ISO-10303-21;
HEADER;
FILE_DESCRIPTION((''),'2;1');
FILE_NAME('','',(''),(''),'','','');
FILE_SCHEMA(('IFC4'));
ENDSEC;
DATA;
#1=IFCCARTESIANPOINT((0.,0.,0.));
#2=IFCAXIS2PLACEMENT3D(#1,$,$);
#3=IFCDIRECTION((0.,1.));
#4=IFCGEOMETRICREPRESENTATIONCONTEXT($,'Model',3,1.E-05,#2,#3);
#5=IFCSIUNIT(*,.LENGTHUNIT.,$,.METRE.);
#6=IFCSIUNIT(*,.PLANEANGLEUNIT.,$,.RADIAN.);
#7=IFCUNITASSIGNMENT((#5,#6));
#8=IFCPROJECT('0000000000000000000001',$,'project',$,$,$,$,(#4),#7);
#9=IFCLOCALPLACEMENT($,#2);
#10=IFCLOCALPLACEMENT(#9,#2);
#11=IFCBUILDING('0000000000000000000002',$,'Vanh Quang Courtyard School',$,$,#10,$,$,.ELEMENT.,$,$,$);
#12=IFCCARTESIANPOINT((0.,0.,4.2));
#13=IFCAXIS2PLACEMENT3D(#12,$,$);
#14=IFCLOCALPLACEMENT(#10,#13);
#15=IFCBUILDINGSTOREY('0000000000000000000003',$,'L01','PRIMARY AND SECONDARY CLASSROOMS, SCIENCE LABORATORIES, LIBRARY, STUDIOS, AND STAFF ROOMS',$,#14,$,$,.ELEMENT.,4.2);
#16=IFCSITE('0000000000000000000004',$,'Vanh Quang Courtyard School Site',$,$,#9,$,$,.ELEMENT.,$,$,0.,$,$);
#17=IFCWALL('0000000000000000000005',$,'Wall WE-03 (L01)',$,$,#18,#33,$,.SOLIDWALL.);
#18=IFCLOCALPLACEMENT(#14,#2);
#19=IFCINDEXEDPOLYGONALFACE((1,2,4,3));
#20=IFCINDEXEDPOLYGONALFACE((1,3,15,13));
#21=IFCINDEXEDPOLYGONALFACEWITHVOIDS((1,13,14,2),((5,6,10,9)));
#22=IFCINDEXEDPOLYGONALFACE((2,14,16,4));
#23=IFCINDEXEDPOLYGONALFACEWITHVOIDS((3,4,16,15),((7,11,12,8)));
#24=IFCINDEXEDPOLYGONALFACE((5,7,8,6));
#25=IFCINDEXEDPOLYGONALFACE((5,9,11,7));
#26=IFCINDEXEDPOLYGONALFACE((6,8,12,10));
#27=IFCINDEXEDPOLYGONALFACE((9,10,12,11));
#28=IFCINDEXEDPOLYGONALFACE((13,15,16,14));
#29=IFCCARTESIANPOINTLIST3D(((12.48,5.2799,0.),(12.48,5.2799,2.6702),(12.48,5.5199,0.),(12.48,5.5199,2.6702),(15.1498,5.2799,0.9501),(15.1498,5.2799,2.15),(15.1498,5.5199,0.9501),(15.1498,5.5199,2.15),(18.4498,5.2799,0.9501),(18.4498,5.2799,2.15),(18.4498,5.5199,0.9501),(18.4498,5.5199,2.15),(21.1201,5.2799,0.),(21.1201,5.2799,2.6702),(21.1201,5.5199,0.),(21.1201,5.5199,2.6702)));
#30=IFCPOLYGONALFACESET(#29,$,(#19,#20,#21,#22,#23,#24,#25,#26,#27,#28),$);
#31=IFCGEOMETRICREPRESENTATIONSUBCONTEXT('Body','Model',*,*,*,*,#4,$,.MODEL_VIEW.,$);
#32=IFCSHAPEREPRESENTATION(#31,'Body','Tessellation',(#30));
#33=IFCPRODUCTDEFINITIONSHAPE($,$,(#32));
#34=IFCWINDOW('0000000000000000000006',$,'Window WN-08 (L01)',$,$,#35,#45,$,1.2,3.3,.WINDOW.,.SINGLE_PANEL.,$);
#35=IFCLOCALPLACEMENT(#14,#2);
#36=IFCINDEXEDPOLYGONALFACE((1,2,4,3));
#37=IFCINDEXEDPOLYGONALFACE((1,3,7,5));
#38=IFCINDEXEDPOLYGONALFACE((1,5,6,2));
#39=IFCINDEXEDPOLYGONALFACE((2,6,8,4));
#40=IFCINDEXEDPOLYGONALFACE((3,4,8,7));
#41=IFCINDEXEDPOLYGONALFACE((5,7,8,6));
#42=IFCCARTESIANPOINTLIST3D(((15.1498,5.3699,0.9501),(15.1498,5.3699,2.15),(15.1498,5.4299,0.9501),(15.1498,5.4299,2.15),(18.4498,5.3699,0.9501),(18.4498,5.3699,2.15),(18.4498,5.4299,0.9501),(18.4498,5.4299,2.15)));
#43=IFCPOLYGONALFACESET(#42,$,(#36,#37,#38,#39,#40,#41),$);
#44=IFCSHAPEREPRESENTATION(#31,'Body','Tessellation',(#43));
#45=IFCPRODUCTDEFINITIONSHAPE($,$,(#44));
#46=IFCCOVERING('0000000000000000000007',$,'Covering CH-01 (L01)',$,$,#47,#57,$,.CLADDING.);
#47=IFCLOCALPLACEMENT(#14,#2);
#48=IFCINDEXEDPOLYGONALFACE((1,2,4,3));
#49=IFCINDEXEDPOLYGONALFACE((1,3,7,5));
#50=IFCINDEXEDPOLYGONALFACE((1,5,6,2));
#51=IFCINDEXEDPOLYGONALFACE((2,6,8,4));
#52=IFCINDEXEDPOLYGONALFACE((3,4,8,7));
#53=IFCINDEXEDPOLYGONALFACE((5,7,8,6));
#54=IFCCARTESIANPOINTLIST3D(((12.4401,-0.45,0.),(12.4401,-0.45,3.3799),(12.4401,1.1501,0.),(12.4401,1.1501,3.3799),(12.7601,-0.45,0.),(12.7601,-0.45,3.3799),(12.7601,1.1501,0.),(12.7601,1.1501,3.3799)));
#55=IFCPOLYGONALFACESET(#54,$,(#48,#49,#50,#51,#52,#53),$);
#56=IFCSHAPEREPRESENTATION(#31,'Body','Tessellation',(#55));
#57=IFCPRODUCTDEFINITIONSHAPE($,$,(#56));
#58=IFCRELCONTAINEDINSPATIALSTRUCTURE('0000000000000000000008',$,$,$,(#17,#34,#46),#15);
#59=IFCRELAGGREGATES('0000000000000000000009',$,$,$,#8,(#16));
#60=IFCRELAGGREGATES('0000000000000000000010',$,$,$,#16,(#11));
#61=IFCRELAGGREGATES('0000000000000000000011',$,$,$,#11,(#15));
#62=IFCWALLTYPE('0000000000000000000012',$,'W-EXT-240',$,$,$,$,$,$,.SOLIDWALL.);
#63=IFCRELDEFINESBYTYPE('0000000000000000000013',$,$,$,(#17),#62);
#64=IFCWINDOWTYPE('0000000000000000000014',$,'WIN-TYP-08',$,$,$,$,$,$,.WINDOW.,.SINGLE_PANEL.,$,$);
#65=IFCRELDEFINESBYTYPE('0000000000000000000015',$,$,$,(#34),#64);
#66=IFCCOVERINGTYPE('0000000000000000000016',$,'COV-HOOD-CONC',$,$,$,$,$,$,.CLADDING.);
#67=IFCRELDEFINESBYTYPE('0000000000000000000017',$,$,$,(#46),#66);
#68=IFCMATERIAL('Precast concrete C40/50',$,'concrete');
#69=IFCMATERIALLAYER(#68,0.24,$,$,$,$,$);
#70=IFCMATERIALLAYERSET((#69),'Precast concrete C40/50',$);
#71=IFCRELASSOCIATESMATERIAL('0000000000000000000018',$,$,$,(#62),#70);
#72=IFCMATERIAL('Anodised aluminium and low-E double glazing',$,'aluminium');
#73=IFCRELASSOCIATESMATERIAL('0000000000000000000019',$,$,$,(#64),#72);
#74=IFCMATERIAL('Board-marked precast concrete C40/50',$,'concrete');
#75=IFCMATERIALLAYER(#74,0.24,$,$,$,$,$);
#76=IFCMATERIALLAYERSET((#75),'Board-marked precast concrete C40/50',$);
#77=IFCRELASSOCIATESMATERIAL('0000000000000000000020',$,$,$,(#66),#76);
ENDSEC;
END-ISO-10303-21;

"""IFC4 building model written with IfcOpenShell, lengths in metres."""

from ifc_helpers import new_model, si_unit, direction, frame, frame_2d, origin, origin_2d, place, context, subcontext, project, spatial, rectangle, extrude, material, layer, layer_set, type_object, element, fill, save


model = new_model("IFC4")

# Units and contexts
model_context = context("Model", 3, precision=1e-05, world=origin(), true_north=direction((0.0, 1.0)))
body_context = subcontext(model_context, "Body", "Model", "MODEL_VIEW")
ifc_project = project(units=[si_unit("LENGTHUNIT", "METRE"), si_unit("PLANEANGLEUNIT", "RADIAN")], contexts=[model_context])

# Site, building, storey
site_placement = place(None, origin())
site = spatial("IfcSite", under=ifc_project, at=site_placement, Name="Vanh Quang Courtyard School Site", CompositionType="ELEMENT", RefElevation=0.0)
building_placement = place(site_placement, origin())
building = spatial("IfcBuilding", under=site, at=building_placement, Name="Vanh Quang Courtyard School", CompositionType="ELEMENT")
storey_placement = place(building_placement, frame((0.0, 0.0, 4.2)))
storey = spatial("IfcBuildingStorey", under=building, at=storey_placement, Name="L01", Description="PRIMARY AND SECONDARY CLASSROOMS, SCIENCE LABORATORIES, LIBRARY, STUDIOS, AND STAFF ROOMS", CompositionType="ELEMENT", Elevation=4.2)

# Wall, opening, window
ifc_material_1 = material(Name="Precast concrete C40/50", Category="concrete")
ifc_layer_1 = layer(ifc_material_1, 0.24)
ifc_layer_set_1 = layer_set([ifc_layer_1], Name="Precast concrete C40/50")
wall_type = type_object("IfcWallType", Name="W-EXT-240", PredefinedType="SOLIDWALL", material=ifc_layer_set_1)
wall_placement = place(storey_placement, frame((12.48, 5.3999, 0.0), z_axis=(0.0, 0.0, 1.0), x_axis=(1.0, 0.0, 0.0)))
wall = element("IfcWall", 1, at=wall_placement, inside=storey, type_object=wall_type, Name="Wall WE-03 (L01)", PredefinedType="SOLIDWALL", context=body_context, shape_type="SweptSolid", body=[
    extrude(rectangle(XDim=8.6401, YDim=0.24, at=frame_2d((4.3201, 0.0))), origin(), (0.0, 0.0, 1.0), 2.6702),
])
opening_placement = place(wall_placement, frame((2.6699, 0.0, 0.95)))
opening = element("IfcOpeningElement", 2, at=opening_placement, cuts=wall, PredefinedType="OPENING", context=body_context, shape_type="SweptSolid", body=[
    extrude(rectangle(XDim=3.3, YDim=1.2, at=frame_2d((1.6499, 0.6001))), frame((0.0, 0.1299, 0.0), z_axis=(0.0, -1.0, 0.0), x_axis=(1.0, 0.0, 0.0)), (0.0, 0.0, 1.0), 0.26),
])
ifc_material_2 = material(Name="Anodised aluminium and low-E double glazing", Category="aluminium")
window_type = type_object("IfcWindowType", Name="WIN-TYP-08", PartitioningType="SINGLE_PANEL", PredefinedType="WINDOW", material=ifc_material_2)
window_placement = place(opening_placement, origin())
window = element("IfcWindow", 3, at=window_placement, inside=storey, type_object=window_type, Name="Window WN-08 (L01)", OverallHeight=1.2, OverallWidth=3.3, PartitioningType="SINGLE_PANEL", PredefinedType="WINDOW", context=body_context, shape_type="SweptSolid", body=[
    extrude(rectangle(XDim=3.3, YDim=1.2, at=frame_2d((1.6499, 0.6001))), frame((0.0, 0.03, 0.0), z_axis=(0.0, -1.0, 0.0), x_axis=(1.0, 0.0, 0.0)), (0.0, 0.0, 1.0), 0.0601),
])
fill(opening, window)

# Covering
ifc_material_3 = material(Name="Board-marked precast concrete C40/50", Category="concrete")
ifc_layer_2 = layer(ifc_material_3, 0.24)
ifc_layer_set_2 = layer_set([ifc_layer_2], Name="Board-marked precast concrete C40/50")
covering_type = type_object("IfcCoveringType", Name="COV-HOOD-CONC", PredefinedType="CLADDING", material=ifc_layer_set_2)
covering_placement = place(storey_placement, frame((12.6001, 0.3501, 0.0), z_axis=(0.0, 0.0, 1.0), x_axis=(0.0, 1.0, 0.0)))
element("IfcCovering", 4, at=covering_placement, inside=storey, type_object=covering_type, Name="Covering CH-01 (L01)", PredefinedType="CLADDING", context=body_context, shape_type="SweptSolid", body=[
    extrude(rectangle(XDim=1.6001, YDim=0.3201, at=origin_2d()), origin(), (0.0, 0.0, 1.0), 3.3799),
])

save(model, "model.ifc")
